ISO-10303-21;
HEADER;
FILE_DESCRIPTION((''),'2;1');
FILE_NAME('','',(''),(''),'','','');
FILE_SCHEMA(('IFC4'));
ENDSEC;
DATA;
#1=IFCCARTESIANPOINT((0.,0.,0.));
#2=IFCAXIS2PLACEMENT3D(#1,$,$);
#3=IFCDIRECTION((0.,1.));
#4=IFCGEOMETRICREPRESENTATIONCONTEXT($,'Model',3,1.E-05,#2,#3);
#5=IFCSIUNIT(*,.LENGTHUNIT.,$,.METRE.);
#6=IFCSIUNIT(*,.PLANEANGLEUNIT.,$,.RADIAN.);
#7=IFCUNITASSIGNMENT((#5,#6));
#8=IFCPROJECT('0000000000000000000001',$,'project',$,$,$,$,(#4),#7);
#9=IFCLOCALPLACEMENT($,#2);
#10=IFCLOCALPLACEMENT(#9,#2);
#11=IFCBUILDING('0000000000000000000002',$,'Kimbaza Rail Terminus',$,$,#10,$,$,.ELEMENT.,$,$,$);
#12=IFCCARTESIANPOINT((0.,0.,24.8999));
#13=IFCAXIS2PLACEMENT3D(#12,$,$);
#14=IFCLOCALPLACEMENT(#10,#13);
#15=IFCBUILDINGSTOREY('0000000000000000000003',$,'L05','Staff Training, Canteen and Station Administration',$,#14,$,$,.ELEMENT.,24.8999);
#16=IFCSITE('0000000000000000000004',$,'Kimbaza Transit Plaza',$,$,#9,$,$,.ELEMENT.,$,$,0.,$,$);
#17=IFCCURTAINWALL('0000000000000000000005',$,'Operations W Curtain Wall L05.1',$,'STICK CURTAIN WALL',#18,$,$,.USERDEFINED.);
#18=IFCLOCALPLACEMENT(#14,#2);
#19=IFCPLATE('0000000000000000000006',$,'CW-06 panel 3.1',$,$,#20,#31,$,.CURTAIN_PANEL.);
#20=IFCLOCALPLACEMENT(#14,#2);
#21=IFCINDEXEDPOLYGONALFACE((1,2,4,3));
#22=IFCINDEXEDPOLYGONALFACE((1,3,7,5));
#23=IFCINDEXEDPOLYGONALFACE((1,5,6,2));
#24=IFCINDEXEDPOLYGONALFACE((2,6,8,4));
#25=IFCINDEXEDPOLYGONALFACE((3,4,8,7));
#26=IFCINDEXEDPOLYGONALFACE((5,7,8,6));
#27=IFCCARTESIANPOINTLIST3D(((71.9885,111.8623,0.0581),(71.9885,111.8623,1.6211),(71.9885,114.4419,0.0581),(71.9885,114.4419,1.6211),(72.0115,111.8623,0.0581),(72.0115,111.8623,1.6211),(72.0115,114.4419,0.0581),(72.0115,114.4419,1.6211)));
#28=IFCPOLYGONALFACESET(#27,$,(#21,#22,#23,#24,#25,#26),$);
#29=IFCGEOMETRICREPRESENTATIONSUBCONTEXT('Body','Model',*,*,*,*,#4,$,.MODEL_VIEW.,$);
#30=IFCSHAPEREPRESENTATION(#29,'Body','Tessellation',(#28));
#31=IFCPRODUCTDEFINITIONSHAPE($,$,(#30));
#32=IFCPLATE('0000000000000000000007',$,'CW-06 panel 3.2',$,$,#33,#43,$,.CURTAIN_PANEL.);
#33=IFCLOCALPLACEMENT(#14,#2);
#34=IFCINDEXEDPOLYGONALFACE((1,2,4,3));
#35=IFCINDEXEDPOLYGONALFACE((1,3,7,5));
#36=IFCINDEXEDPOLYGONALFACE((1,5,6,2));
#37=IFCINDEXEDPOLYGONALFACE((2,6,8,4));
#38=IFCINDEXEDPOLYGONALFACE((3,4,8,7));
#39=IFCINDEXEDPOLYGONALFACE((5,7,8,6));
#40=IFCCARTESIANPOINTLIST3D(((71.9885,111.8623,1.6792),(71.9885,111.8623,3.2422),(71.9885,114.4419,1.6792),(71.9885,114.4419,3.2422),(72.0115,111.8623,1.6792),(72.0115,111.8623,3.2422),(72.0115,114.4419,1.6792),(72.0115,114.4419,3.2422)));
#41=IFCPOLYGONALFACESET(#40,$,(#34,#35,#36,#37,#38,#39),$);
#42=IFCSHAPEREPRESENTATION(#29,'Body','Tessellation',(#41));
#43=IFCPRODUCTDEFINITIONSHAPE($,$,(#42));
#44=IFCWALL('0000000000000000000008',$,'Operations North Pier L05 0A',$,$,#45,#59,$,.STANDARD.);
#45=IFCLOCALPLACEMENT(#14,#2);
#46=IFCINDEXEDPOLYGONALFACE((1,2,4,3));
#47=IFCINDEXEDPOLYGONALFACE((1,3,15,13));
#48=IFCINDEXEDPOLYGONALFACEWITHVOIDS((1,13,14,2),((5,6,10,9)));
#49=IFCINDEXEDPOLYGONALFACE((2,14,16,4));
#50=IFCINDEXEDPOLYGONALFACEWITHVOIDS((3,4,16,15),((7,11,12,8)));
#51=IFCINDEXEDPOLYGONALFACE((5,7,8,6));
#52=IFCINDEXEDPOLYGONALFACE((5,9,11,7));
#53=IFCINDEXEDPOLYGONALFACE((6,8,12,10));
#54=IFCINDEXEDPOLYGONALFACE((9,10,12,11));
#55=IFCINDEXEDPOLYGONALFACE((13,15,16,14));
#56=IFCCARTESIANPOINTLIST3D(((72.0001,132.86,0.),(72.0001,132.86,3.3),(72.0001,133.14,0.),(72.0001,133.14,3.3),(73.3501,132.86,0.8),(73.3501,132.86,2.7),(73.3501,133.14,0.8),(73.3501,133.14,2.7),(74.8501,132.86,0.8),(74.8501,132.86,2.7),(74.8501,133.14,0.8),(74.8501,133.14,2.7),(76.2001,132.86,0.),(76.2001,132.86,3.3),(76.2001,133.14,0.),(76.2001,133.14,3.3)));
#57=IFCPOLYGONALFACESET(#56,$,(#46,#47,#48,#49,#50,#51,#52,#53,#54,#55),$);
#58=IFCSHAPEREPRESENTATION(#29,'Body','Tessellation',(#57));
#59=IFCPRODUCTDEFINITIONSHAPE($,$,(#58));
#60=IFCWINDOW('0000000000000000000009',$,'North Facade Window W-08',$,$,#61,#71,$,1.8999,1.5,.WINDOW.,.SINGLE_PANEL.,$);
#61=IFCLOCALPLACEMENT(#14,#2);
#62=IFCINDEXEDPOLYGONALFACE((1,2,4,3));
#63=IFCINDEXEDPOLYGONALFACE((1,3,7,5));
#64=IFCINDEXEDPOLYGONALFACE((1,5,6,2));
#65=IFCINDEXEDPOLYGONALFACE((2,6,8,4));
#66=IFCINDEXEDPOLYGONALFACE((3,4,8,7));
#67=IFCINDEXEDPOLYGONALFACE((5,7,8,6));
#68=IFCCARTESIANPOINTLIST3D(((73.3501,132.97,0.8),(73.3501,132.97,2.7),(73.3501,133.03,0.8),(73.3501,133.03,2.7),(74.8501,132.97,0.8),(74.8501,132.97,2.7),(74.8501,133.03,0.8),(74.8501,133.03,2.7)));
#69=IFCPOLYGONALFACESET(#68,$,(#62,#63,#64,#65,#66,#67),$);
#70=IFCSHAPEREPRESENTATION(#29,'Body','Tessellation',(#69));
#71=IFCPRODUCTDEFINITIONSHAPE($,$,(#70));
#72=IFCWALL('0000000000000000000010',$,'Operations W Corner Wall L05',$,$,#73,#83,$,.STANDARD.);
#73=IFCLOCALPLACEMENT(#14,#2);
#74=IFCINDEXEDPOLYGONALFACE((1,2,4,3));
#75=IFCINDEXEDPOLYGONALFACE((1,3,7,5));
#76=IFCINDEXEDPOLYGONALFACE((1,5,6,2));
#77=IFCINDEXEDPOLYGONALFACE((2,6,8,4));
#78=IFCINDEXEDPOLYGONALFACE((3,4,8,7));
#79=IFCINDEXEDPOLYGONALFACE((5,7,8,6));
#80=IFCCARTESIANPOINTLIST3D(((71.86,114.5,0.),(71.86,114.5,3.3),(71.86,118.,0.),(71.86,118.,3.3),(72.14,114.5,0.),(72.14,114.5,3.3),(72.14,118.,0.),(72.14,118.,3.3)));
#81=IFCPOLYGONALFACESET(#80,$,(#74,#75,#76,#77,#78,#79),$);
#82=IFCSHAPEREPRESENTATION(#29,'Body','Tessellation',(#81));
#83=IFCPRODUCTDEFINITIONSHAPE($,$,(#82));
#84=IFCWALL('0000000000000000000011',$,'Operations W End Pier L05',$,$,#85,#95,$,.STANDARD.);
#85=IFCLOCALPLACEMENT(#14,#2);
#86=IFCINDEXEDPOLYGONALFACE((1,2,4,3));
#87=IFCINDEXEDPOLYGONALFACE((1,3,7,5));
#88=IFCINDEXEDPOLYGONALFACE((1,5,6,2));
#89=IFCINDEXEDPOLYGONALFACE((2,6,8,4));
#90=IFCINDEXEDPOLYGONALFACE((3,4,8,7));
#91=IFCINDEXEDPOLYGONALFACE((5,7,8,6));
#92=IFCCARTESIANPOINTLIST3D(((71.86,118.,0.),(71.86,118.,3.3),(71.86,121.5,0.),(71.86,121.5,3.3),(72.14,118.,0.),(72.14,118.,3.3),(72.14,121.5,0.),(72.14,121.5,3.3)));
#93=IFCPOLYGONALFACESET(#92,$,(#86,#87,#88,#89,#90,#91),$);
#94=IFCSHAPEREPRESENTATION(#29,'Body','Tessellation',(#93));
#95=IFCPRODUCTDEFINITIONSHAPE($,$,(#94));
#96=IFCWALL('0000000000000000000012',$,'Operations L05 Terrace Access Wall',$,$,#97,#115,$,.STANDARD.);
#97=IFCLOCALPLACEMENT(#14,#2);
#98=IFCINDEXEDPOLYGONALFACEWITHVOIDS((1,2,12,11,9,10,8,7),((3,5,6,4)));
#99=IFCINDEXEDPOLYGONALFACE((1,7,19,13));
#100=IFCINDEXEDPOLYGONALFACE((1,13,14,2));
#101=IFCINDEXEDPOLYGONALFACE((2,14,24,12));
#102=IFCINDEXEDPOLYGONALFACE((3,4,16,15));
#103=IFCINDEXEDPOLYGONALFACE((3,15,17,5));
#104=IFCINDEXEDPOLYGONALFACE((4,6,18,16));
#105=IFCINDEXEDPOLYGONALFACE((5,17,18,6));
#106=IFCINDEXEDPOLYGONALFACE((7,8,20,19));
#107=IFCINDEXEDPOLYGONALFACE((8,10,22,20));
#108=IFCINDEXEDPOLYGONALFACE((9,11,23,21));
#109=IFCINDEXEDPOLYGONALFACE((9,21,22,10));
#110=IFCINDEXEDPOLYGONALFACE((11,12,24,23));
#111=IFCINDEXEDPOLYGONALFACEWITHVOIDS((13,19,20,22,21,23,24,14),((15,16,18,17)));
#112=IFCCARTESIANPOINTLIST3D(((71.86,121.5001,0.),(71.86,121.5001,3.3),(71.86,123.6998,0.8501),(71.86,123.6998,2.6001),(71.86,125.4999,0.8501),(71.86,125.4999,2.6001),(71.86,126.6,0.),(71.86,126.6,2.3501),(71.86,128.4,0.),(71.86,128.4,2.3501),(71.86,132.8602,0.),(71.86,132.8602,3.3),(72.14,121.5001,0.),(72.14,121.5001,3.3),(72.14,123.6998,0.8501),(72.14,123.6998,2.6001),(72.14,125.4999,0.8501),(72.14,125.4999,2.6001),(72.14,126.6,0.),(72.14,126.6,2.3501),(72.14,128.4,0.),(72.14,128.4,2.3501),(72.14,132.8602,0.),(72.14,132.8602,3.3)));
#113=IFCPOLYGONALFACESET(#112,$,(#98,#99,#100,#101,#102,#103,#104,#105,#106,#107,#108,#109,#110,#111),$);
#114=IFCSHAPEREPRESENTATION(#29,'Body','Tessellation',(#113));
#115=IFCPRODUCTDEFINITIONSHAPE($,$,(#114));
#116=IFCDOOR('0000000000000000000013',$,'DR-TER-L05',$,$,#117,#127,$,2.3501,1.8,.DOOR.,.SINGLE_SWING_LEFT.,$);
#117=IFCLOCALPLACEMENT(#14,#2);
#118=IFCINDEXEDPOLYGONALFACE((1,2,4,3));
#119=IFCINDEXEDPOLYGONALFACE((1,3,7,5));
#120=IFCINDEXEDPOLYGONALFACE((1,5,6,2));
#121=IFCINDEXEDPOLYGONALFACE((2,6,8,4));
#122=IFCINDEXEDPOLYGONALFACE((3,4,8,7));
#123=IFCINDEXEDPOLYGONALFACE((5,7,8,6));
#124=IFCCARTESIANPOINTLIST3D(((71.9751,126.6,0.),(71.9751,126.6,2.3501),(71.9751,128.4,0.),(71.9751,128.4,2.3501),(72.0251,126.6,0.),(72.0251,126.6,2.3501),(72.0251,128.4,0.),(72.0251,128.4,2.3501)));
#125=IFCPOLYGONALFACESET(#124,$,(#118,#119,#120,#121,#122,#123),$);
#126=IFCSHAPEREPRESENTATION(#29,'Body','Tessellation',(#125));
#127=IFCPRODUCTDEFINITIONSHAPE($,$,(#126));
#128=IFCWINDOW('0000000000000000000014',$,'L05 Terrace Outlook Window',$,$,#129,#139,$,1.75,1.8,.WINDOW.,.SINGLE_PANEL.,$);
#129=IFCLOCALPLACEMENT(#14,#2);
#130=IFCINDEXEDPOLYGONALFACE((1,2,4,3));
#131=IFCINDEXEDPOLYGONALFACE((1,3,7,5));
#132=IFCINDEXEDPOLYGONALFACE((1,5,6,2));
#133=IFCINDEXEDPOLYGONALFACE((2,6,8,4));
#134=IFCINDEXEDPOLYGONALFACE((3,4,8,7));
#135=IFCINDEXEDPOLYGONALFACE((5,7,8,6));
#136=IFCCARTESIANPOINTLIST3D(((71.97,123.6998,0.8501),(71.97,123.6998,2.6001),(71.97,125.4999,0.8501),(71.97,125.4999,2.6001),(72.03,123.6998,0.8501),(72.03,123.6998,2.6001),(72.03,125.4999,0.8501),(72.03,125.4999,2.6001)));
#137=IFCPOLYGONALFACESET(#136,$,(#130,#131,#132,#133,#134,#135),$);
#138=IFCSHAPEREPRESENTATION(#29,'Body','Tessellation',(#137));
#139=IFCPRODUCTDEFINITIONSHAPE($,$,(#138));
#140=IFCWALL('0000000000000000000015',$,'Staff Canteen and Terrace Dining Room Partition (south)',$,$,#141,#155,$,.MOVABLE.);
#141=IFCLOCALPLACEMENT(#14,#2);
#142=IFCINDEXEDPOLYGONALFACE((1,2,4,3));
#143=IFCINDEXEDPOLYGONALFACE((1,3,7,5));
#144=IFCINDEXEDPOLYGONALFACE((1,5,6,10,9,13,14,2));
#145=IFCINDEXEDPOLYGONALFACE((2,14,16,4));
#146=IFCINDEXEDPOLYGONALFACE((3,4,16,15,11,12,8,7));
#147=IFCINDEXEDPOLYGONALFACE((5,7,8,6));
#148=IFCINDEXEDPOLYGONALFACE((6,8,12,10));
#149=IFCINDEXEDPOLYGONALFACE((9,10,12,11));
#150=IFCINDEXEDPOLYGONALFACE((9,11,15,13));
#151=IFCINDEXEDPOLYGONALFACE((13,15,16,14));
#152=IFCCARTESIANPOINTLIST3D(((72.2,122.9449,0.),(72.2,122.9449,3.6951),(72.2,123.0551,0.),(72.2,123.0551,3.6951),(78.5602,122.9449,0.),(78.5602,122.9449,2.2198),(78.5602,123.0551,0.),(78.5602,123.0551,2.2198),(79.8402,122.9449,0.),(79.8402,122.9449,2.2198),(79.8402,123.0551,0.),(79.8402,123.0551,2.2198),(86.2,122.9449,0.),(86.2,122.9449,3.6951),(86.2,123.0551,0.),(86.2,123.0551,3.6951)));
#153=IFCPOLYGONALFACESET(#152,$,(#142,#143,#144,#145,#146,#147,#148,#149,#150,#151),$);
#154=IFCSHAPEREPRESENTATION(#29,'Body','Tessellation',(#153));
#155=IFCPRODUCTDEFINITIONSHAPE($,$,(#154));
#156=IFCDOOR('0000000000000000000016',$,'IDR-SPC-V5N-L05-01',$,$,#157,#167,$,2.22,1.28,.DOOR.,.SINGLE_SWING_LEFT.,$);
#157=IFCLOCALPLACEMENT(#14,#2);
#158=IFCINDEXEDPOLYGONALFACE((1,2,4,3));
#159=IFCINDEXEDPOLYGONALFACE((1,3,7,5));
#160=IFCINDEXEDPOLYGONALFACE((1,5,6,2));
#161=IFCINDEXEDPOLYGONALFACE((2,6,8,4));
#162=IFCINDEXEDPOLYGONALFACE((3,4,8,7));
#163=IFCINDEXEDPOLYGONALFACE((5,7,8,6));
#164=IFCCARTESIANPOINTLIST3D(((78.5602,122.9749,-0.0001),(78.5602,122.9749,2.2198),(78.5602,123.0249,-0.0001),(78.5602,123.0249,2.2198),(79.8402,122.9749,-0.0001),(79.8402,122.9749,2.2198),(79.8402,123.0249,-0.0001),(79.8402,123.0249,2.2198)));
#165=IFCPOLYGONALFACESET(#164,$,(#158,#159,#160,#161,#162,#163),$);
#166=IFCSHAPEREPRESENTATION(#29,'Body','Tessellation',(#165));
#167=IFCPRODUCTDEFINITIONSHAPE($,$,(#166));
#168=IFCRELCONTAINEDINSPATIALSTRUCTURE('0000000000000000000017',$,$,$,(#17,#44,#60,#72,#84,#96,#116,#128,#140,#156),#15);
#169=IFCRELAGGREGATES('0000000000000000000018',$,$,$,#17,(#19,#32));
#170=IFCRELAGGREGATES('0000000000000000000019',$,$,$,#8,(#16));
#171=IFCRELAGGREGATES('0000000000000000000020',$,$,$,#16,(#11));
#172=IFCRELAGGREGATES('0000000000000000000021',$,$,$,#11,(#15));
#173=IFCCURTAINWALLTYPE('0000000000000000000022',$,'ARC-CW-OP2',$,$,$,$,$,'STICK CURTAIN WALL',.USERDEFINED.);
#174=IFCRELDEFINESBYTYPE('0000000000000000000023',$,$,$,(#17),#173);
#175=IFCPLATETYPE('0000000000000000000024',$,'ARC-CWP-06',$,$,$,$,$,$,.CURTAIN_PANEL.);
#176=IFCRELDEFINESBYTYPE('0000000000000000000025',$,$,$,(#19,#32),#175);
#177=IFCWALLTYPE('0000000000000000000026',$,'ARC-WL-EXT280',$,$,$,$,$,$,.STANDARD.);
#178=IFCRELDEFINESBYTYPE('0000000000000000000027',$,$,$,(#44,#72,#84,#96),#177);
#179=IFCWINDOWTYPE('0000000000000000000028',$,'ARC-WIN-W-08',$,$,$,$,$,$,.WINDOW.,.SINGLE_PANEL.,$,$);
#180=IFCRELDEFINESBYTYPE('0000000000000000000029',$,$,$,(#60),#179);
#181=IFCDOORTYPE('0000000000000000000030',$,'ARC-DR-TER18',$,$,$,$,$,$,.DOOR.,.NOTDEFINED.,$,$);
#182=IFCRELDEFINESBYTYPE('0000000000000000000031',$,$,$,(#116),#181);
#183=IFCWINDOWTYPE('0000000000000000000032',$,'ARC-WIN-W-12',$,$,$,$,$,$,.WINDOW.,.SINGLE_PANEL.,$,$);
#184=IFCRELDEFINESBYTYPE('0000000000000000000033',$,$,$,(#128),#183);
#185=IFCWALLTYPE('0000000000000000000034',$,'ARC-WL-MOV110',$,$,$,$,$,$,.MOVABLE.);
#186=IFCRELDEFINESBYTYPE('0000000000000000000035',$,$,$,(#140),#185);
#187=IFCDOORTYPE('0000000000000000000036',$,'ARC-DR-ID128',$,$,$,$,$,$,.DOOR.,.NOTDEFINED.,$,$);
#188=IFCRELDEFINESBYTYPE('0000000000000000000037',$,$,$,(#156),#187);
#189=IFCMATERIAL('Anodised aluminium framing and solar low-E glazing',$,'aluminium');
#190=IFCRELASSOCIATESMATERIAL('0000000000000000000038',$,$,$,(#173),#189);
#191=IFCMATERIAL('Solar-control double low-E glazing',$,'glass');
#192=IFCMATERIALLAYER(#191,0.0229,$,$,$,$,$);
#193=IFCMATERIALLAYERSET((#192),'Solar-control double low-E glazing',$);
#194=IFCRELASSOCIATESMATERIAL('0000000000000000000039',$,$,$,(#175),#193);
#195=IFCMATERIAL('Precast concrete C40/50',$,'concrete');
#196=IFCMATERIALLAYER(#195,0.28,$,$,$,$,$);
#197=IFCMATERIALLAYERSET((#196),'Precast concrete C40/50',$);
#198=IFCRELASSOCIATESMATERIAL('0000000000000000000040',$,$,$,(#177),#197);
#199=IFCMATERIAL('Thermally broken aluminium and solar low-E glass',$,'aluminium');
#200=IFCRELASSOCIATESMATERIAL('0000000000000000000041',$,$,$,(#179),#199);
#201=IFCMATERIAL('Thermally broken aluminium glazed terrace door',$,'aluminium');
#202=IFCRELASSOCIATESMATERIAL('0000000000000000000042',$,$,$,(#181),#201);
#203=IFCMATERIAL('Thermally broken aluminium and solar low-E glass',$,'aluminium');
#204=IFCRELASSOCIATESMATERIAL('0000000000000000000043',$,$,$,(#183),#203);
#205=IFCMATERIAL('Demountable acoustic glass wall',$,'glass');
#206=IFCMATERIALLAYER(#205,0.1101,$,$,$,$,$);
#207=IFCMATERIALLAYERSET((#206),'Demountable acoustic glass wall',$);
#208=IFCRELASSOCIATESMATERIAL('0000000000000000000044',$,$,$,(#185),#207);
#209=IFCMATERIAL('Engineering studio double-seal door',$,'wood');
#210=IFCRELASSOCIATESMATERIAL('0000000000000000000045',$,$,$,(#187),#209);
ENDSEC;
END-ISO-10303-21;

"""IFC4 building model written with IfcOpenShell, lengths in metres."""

from ifc_helpers import new_model, si_unit, direction, frame, frame_2d, origin, origin_2d, place, context, subcontext, project, spatial, rectangle, extrude, material, layer, layer_set, type_object, element, fill, aggregate, save


model = new_model("IFC4")

# Units and contexts
model_context = context("Model", 3, precision=1e-05, world=origin(), true_north=direction((0.0, 1.0)))
body_context = subcontext(model_context, "Body", "Model", "MODEL_VIEW")
ifc_project = project(units=[si_unit("LENGTHUNIT", "METRE"), si_unit("PLANEANGLEUNIT", "RADIAN")], contexts=[model_context])

# Site, building, storey
site_placement = place(None, origin())
site = spatial("IfcSite", under=ifc_project, at=site_placement, Name="Kimbaza Transit Plaza", CompositionType="ELEMENT", RefElevation=0.0)
building_placement = place(site_placement, origin())
building = spatial("IfcBuilding", under=site, at=building_placement, Name="Kimbaza Rail Terminus", CompositionType="ELEMENT")
storey_placement = place(building_placement, frame((0.0, 0.0, 24.8999)))
storey = spatial("IfcBuildingStorey", under=building, at=storey_placement, Name="L05", Description="Staff Training, Canteen and Station Administration", CompositionType="ELEMENT", Elevation=24.8999)

# Curtain wall
ifc_material_1 = material(Name="Anodised aluminium framing and solar low-E glazing", Category="aluminium")
curtain_wall_type = type_object("IfcCurtainWallType", Name="ARC-CW-OP2", ElementType="STICK CURTAIN WALL", PredefinedType="USERDEFINED", material=ifc_material_1)
curtain_wall_1_placement = place(storey_placement, origin())
curtain_wall_1 = element("IfcCurtainWall", 1, at=curtain_wall_1_placement, inside=storey, type_object=curtain_wall_type, Name="Operations W Curtain Wall L05.1", ObjectType="STICK CURTAIN WALL", PredefinedType="USERDEFINED")

# Plates
ifc_material_2 = material(Name="Solar-control double low-E glazing", Category="glass")
ifc_layer_1 = layer(ifc_material_2, 0.0229)
ifc_layer_set_1 = layer_set([ifc_layer_1], Name="Solar-control double low-E glazing")
plate_type = type_object("IfcPlateType", Name="ARC-CWP-06", PredefinedType="CURTAIN_PANEL", material=ifc_layer_set_1)
plate_1_placement = place(storey_placement, frame((72.0, 113.1521, 0.0581), z_axis=(0.0, 0.0, 1.0), x_axis=(0.0, 1.0, 0.0)))
plate_1 = element("IfcPlate", 2, at=plate_1_placement, type_object=plate_type, Name="CW-06 panel 3.1", PredefinedType="CURTAIN_PANEL", context=body_context, shape_type="SweptSolid", body=[
    extrude(rectangle(XDim=2.5796, YDim=0.0229, at=origin_2d()), origin(), (0.0, 0.0, 1.0), 1.563),
])
plate_2_placement = place(storey_placement, frame((72.0, 113.1521, 1.6792), z_axis=(0.0, 0.0, 1.0), x_axis=(0.0, 1.0, 0.0)))
plate_2 = element("IfcPlate", 3, at=plate_2_placement, type_object=plate_type, Name="CW-06 panel 3.2", PredefinedType="CURTAIN_PANEL", context=body_context, shape_type="SweptSolid", body=[
    extrude(rectangle(XDim=2.5796, YDim=0.0229, at=origin_2d()), origin(), (0.0, 0.0, 1.0), 1.563),
])
aggregate(curtain_wall_1, [plate_1, plate_2])

# Wall, opening, window
ifc_material_3 = material(Name="Precast concrete C40/50", Category="concrete")
ifc_layer_2 = layer(ifc_material_3, 0.28)
ifc_layer_set_2 = layer_set([ifc_layer_2], Name="Precast concrete C40/50")
wall_type_1 = type_object("IfcWallType", Name="ARC-WL-EXT280", PredefinedType="STANDARD", material=ifc_layer_set_2)
wall_1_placement = place(storey_placement, frame((72.0, 133.0, 0.0), z_axis=(0.0, 0.0, 1.0), x_axis=(1.0, 0.0, 0.0)))
wall_1 = element("IfcWall", 4, at=wall_1_placement, inside=storey, type_object=wall_type_1, Name="Operations North Pier L05 0A", PredefinedType="STANDARD", context=body_context, shape_type="SweptSolid", body=[
    extrude(rectangle(XDim=4.2, YDim=0.28, at=frame_2d((2.1001, 0.0))), origin(), (0.0, 0.0, 1.0), 3.3),
])
opening_1_placement = place(wall_1_placement, frame((1.3501, 0.0, 0.8)))
opening_1 = element("IfcOpeningElement", 5, at=opening_1_placement, cuts=wall_1, PredefinedType="OPENING", context=body_context, shape_type="SweptSolid", body=[
    extrude(rectangle(XDim=1.5, YDim=1.8999, at=frame_2d((0.75, 0.95))), frame((0.0, 0.1499, 0.0), z_axis=(0.0, -1.0, 0.0), x_axis=(1.0, 0.0, 0.0)), (0.0, 0.0, 1.0), 0.3),
])
ifc_material_4 = material(Name="Thermally broken aluminium and solar low-E glass", Category="aluminium")
window_type_1 = type_object("IfcWindowType", Name="ARC-WIN-W-08", PartitioningType="SINGLE_PANEL", PredefinedType="WINDOW", material=ifc_material_4)
window_1_placement = place(opening_1_placement, origin())
window_1 = element("IfcWindow", 6, at=window_1_placement, inside=storey, type_object=window_type_1, Name="North Facade Window W-08", OverallHeight=1.8999, OverallWidth=1.5, PartitioningType="SINGLE_PANEL", PredefinedType="WINDOW", context=body_context, shape_type="SweptSolid", body=[
    extrude(rectangle(XDim=1.5, YDim=1.8999, at=frame_2d((0.75, 0.95))), frame((0.0, 0.03, 0.0), z_axis=(0.0, -1.0, 0.0), x_axis=(1.0, 0.0, 0.0)), (0.0, 0.0, 1.0), 0.0601),
])
fill(opening_1, window_1)

# Walls
for number, where, z_axis, x_axis, name in (
    (7, (72.0, 114.5, 0.0), (0.0, 0.0, 1.0), (0.0, 1.0, 0.0), "Operations W Corner Wall L05"),
    (8, (72.0, 118.0, 0.0), (0.0, 0.0, 1.0), (0.0, 1.0, 0.0), "Operations W End Pier L05"),
):
    element("IfcWall", number, at=place(storey_placement, frame(where, z_axis=z_axis, x_axis=x_axis)), inside=storey, type_object=wall_type_1, Name=name, PredefinedType="STANDARD", context=body_context, shape_type="SweptSolid", body=[
        extrude(rectangle(XDim=3.5, YDim=0.28, at=frame_2d((1.75, 0.0))), origin(), (0.0, 0.0, 1.0), 3.3),
    ])

# Wall, openings, door, window
wall_2_placement = place(storey_placement, frame((72.0, 121.5, 0.0), z_axis=(0.0, 0.0, 1.0), x_axis=(0.0, 1.0, 0.0)))
wall_2 = element("IfcWall", 9, at=wall_2_placement, inside=storey, type_object=wall_type_1, Name="Operations L05 Terrace Access Wall", PredefinedType="STANDARD", context=body_context, shape_type="SweptSolid", body=[
    extrude(rectangle(XDim=11.3601, YDim=0.28, at=frame_2d((5.6802, 0.0))), origin(), (0.0, 0.0, 1.0), 3.3),
])
opening_2_placement = place(wall_2_placement, frame((5.1001, 0.0, 0.0)))
opening_2 = element("IfcOpeningElement", 10, at=opening_2_placement, cuts=wall_2, PredefinedType="OPENING", context=body_context, shape_type="SweptSolid", body=[
    extrude(rectangle(XDim=1.8, YDim=2.3501, at=frame_2d((0.8999, 1.175))), frame((0.0, 0.1499, 0.0), z_axis=(0.0, -1.0, 0.0), x_axis=(1.0, 0.0, 0.0)), (0.0, 0.0, 1.0), 0.3),
])
opening_3_placement = place(wall_2_placement, frame((2.2, 0.0, 0.8501)))
opening_3 = element("IfcOpeningElement", 11, at=opening_3_placement, cuts=wall_2, PredefinedType="OPENING", context=body_context, shape_type="SweptSolid", body=[
    extrude(rectangle(XDim=1.8, YDim=1.75, at=frame_2d((0.8999, 0.875))), frame((0.0, 0.1499, 0.0), z_axis=(0.0, -1.0, 0.0), x_axis=(1.0, 0.0, 0.0)), (0.0, 0.0, 1.0), 0.3),
])
ifc_material_5 = material(Name="Thermally broken aluminium glazed terrace door", Category="aluminium")
door_type_1 = type_object("IfcDoorType", Name="ARC-DR-TER18", OperationType="NOTDEFINED", PredefinedType="DOOR", material=ifc_material_5)
door_1_placement = place(opening_2_placement, origin())
door_1 = element("IfcDoor", 12, at=door_1_placement, inside=storey, type_object=door_type_1, Name="DR-TER-L05", OperationType="SINGLE_SWING_LEFT", OverallHeight=2.3501, OverallWidth=1.8, PredefinedType="DOOR", context=body_context, shape_type="SweptSolid", body=[
    extrude(rectangle(XDim=1.8, YDim=2.3501, at=frame_2d((0.8999, 1.175))), frame((0.0, 0.0249, 0.0), z_axis=(0.0, -1.0, 0.0), x_axis=(1.0, 0.0, 0.0)), (0.0, 0.0, 1.0), 0.05),
])
fill(opening_2, door_1)
ifc_material_6 = material(Name="Thermally broken aluminium and solar low-E glass", Category="aluminium")
window_type_2 = type_object("IfcWindowType", Name="ARC-WIN-W-12", PartitioningType="SINGLE_PANEL", PredefinedType="WINDOW", material=ifc_material_6)
window_2_placement = place(opening_3_placement, origin())
window_2 = element("IfcWindow", 13, at=window_2_placement, inside=storey, type_object=window_type_2, Name="L05 Terrace Outlook Window", OverallHeight=1.75, OverallWidth=1.8, PartitioningType="SINGLE_PANEL", PredefinedType="WINDOW", context=body_context, shape_type="SweptSolid", body=[
    extrude(rectangle(XDim=1.8, YDim=1.75, at=frame_2d((0.8999, 0.875))), frame((0.0, 0.03, 0.0), z_axis=(0.0, -1.0, 0.0), x_axis=(1.0, 0.0, 0.0)), (0.0, 0.0, 1.0), 0.0601),
])
fill(opening_3, window_2)

# Wall, opening, door
ifc_material_7 = material(Name="Demountable acoustic glass wall", Category="glass")
ifc_layer_3 = layer(ifc_material_7, 0.1101)
ifc_layer_set_3 = layer_set([ifc_layer_3], Name="Demountable acoustic glass wall")
wall_type_2 = type_object("IfcWallType", Name="ARC-WL-MOV110", PredefinedType="MOVABLE", material=ifc_layer_set_3)
wall_3_placement = place(storey_placement, frame((72.2, 123.0, 0.0), z_axis=(0.0, 0.0, 1.0), x_axis=(1.0, 0.0, 0.0)))
wall_3 = element("IfcWall", 14, at=wall_3_placement, inside=storey, type_object=wall_type_2, Name="Staff Canteen and Terrace Dining Room Partition (south)", PredefinedType="MOVABLE", context=body_context, shape_type="SweptSolid", body=[
    extrude(rectangle(XDim=14.0, YDim=0.1101, at=frame_2d((7.0, 0.0))), origin(), (0.0, 0.0, 1.0), 3.6951),
])
opening_4_placement = place(wall_3_placement, frame((6.3601, 0.0, 0.0)))
opening_4 = element("IfcOpeningElement", 15, at=opening_4_placement, cuts=wall_3, PredefinedType="OPENING", context=body_context, shape_type="SweptSolid", body=[
    extrude(rectangle(XDim=1.28, YDim=2.22, at=frame_2d((0.6401, 1.1099))), frame((0.0, 0.0649, 0.0), z_axis=(0.0, -1.0, 0.0), x_axis=(1.0, 0.0, 0.0)), (0.0, 0.0, 1.0), 0.1301),
])
ifc_material_8 = material(Name="Engineering studio double-seal door", Category="wood")
door_type_2 = type_object("IfcDoorType", Name="ARC-DR-ID128", OperationType="NOTDEFINED", PredefinedType="DOOR", material=ifc_material_8)
door_2_placement = place(opening_4_placement, origin())
door_2 = element("IfcDoor", 16, at=door_2_placement, inside=storey, type_object=door_type_2, Name="IDR-SPC-V5N-L05-01", OperationType="SINGLE_SWING_LEFT", OverallHeight=2.22, OverallWidth=1.28, PredefinedType="DOOR", context=body_context, shape_type="SweptSolid", body=[
    extrude(rectangle(XDim=1.28, YDim=2.22, at=frame_2d((0.6401, 1.1099))), frame((0.0, 0.0249, 0.0), z_axis=(0.0, -1.0, 0.0), x_axis=(1.0, 0.0, 0.0)), (0.0, 0.0, 1.0), 0.05),
])
fill(opening_4, door_2)

save(model, "model.ifc")
